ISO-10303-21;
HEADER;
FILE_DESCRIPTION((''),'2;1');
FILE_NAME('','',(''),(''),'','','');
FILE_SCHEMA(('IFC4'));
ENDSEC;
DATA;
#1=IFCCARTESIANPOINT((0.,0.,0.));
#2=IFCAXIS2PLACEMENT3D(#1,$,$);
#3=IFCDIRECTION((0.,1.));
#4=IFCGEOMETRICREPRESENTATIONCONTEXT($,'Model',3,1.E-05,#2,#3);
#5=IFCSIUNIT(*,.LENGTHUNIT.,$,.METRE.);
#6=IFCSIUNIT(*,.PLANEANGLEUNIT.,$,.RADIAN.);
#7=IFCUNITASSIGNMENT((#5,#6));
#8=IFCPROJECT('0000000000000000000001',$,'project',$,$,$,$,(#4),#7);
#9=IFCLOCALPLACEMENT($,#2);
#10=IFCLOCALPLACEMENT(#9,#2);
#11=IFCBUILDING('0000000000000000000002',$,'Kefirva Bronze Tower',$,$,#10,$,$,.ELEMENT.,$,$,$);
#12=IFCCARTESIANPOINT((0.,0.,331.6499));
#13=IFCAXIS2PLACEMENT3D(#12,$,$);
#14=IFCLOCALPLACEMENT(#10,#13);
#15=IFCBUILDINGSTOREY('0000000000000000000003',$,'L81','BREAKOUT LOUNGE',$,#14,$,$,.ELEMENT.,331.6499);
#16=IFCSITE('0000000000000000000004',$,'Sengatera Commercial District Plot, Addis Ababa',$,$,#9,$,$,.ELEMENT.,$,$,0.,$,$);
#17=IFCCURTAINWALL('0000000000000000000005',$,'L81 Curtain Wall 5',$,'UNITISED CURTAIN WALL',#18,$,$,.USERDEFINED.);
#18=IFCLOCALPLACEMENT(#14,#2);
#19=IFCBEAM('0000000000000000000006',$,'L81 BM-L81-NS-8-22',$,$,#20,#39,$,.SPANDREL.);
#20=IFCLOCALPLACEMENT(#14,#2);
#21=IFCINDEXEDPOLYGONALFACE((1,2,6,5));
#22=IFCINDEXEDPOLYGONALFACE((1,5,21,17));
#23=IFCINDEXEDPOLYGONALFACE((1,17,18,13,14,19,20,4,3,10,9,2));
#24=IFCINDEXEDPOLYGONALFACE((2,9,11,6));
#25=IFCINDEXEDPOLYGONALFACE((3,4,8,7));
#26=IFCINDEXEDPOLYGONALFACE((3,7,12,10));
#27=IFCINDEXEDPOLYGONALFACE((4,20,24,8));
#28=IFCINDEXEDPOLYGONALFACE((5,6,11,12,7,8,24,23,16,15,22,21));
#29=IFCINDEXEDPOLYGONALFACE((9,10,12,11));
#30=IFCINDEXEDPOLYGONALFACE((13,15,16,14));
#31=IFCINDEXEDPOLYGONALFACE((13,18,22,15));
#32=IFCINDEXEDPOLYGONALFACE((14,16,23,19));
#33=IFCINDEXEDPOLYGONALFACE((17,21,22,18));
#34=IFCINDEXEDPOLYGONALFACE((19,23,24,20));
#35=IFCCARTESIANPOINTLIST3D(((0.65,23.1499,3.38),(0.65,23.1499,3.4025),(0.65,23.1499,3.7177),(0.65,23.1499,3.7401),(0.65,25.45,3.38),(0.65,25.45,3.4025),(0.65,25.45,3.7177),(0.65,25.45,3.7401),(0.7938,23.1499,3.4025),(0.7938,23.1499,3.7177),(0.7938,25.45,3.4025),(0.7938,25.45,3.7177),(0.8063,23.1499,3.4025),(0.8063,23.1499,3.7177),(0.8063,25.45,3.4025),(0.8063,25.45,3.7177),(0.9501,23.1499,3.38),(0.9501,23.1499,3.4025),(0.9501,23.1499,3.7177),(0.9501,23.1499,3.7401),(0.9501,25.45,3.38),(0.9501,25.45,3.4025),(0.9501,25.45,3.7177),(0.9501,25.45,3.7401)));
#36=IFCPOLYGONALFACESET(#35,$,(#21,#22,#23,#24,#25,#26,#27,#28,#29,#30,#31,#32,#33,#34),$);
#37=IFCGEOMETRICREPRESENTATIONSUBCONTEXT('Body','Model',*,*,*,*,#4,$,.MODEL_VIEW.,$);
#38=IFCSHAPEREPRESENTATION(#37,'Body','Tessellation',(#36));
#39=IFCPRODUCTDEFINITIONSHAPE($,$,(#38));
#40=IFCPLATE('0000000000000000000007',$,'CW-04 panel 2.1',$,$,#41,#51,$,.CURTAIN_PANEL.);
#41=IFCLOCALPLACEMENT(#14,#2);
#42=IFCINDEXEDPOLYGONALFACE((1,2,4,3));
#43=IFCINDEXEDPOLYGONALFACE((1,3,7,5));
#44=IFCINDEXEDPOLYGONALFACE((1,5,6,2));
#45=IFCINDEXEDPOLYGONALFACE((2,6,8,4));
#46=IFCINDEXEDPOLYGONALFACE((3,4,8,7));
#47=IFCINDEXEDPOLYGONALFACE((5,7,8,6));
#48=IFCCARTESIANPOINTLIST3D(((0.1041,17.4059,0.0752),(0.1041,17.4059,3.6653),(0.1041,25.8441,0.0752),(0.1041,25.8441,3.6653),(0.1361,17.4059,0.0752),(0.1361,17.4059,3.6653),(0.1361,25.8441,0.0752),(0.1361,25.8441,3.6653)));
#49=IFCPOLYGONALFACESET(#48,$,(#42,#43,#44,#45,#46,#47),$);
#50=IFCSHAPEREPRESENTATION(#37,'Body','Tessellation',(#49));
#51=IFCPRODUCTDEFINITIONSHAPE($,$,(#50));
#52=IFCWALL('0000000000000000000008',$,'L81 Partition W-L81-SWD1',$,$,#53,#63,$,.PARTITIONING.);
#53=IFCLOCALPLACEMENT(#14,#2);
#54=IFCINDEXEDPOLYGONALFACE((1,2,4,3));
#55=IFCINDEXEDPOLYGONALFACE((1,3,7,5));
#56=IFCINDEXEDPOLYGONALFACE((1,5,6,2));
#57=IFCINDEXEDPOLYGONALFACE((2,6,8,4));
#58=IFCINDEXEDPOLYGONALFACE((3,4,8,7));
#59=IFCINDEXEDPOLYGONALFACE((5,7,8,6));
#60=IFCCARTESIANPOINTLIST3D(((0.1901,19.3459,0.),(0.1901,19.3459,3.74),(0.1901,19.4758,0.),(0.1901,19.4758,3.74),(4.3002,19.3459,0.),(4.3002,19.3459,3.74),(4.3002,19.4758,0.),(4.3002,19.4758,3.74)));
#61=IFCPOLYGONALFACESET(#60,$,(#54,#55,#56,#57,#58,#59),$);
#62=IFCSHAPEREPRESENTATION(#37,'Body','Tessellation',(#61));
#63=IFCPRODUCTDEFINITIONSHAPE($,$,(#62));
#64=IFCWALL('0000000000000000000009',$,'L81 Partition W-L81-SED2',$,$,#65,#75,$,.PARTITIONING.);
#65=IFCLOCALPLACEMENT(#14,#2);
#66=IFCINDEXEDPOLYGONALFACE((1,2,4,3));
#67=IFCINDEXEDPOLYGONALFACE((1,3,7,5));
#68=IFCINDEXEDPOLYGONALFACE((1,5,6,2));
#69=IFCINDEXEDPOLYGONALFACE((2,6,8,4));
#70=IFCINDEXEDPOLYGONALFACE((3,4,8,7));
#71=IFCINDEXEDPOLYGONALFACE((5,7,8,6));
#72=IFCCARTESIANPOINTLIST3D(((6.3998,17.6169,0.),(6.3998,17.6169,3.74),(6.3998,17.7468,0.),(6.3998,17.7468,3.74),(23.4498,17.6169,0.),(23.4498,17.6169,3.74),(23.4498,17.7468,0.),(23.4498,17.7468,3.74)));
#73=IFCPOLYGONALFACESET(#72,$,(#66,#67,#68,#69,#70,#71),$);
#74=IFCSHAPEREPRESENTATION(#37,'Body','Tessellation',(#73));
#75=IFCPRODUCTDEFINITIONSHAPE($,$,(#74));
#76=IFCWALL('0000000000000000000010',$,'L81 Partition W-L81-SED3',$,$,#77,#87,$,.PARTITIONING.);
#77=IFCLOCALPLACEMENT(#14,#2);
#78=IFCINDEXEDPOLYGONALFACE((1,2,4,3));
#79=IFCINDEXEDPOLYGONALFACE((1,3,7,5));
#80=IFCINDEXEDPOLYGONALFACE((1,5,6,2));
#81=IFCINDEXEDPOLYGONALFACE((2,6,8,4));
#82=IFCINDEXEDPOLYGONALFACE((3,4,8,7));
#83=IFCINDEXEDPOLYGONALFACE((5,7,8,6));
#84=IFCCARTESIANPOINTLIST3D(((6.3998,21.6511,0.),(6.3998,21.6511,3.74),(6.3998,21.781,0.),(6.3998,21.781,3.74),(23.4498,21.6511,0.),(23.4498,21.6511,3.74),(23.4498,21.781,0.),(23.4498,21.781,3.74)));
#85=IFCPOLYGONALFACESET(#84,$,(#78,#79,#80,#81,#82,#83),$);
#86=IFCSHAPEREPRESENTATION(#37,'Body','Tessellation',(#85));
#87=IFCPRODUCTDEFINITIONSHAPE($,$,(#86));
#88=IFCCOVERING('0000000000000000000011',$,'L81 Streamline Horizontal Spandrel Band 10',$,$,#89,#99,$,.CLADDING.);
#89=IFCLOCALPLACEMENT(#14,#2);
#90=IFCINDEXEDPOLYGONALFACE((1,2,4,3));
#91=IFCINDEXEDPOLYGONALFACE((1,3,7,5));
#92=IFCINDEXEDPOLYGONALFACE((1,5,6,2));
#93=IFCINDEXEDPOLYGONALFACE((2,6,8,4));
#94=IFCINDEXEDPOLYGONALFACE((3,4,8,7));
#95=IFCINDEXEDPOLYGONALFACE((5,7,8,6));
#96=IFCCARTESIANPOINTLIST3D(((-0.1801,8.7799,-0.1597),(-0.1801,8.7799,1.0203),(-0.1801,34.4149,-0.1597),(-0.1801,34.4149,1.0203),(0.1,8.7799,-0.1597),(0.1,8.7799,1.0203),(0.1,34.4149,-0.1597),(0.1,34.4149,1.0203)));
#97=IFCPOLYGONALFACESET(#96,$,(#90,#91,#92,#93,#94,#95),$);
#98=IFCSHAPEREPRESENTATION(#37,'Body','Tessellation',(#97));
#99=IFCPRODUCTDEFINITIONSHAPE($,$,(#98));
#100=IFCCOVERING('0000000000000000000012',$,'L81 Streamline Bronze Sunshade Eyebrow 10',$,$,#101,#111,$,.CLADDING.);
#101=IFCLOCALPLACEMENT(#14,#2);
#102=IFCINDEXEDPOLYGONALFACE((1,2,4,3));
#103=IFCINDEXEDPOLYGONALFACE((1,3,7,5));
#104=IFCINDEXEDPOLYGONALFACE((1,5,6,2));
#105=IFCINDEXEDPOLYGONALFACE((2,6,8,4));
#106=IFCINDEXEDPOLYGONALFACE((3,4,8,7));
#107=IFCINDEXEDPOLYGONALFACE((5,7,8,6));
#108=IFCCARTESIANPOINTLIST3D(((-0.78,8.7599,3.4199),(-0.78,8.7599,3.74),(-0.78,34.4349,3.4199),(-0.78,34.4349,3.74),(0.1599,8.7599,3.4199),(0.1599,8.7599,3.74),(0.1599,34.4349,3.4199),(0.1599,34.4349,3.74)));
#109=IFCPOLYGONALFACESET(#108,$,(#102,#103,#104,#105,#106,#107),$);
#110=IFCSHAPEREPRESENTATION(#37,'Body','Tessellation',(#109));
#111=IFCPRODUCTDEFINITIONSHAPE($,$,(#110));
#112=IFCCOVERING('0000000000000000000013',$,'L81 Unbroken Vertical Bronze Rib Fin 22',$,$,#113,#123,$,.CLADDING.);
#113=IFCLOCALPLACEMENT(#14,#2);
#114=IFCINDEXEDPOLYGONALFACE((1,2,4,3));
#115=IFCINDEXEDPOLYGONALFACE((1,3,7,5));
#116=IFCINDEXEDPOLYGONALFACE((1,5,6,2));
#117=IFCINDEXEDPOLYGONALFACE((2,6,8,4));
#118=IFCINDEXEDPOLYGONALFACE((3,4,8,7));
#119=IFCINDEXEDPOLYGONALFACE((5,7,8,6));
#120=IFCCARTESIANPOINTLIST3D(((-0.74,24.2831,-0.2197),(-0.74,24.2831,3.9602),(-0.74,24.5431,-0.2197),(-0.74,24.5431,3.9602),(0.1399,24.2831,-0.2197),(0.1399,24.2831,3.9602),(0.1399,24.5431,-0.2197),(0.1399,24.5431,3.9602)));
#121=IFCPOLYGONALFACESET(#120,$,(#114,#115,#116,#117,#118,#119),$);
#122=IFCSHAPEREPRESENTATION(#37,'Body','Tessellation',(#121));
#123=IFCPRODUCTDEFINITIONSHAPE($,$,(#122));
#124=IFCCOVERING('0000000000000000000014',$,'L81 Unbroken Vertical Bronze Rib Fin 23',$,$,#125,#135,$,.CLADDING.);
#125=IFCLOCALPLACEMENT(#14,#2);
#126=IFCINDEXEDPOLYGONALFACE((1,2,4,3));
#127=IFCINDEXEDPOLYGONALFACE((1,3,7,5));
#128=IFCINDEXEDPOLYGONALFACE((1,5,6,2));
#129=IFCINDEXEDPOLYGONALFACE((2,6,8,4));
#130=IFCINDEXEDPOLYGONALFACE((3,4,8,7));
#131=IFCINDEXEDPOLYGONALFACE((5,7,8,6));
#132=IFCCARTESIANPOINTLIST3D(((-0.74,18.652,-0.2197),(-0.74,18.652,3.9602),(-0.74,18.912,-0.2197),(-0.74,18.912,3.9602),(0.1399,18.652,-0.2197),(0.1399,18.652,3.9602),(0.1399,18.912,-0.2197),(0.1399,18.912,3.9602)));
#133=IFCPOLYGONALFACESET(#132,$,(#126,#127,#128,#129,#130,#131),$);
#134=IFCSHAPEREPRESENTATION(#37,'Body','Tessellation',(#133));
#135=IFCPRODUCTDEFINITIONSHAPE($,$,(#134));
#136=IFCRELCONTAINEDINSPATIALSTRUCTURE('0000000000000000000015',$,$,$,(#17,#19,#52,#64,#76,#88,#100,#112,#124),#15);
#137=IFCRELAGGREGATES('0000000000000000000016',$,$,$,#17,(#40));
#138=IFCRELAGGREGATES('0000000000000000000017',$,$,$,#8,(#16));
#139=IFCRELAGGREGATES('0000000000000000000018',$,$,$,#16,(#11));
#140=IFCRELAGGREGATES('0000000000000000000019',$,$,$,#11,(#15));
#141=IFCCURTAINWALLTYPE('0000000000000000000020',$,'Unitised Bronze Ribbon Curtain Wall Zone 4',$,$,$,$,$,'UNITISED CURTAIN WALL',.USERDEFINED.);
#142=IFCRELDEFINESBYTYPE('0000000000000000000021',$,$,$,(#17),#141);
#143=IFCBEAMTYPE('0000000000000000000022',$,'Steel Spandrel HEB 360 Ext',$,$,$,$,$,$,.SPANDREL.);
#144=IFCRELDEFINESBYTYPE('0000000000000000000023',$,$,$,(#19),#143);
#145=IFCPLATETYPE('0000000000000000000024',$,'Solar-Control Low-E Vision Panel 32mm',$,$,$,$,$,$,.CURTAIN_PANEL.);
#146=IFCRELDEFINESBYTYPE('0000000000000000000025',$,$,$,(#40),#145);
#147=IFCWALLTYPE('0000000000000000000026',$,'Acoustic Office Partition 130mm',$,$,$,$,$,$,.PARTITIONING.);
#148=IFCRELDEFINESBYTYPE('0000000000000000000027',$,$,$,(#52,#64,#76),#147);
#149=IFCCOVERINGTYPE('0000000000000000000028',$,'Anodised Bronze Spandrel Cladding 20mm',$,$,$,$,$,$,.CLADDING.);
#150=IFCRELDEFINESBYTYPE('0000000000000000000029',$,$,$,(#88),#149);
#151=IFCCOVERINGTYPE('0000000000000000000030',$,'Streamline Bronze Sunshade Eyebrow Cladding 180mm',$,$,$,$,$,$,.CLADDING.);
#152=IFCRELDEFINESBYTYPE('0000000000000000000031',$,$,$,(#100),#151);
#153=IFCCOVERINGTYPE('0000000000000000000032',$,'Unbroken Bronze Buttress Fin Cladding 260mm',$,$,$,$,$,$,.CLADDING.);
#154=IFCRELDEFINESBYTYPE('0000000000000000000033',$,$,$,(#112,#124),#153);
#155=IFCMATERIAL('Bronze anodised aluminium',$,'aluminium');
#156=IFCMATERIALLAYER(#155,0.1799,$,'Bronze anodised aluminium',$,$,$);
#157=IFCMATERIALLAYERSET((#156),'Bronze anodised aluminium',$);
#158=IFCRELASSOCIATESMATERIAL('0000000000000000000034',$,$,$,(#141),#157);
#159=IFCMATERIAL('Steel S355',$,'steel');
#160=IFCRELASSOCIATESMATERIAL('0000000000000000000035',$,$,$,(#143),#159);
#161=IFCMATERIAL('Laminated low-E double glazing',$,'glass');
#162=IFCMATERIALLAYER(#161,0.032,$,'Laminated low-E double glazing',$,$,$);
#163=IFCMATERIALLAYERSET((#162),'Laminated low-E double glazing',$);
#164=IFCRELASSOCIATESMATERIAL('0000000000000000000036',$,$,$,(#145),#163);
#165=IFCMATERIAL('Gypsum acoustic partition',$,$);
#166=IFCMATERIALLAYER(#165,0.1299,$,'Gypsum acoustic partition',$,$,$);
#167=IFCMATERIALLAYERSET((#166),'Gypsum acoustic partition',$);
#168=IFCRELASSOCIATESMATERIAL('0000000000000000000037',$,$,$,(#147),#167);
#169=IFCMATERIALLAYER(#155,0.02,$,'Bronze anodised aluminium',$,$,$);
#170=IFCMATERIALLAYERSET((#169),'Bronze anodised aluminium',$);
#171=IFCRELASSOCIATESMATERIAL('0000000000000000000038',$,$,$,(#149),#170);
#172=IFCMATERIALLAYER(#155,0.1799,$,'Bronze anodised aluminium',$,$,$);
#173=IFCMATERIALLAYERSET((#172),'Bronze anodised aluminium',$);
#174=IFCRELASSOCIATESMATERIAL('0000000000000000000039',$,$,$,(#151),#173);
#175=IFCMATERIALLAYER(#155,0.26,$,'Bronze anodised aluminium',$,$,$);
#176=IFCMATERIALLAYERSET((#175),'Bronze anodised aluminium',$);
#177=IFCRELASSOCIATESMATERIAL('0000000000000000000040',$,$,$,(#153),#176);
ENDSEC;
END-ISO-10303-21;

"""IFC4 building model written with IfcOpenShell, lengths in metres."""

from ifc_helpers import new_model, si_unit, direction, frame, frame_2d, origin, origin_2d, place, context, subcontext, project, spatial, rectangle, i_section, extrude, material, layer, layer_set, material_profile, profile_set, type_object, element, aggregate, save


model = new_model("IFC4")

# Units and contexts
model_context = context("Model", 3, precision=1e-05, world=origin(), true_north=direction((0.0, 1.0)))
body_context = subcontext(model_context, "Body", "Model", "MODEL_VIEW")
ifc_project = project(units=[si_unit("LENGTHUNIT", "METRE"), si_unit("PLANEANGLEUNIT", "RADIAN")], contexts=[model_context])

# Site, building, storey
site_placement = place(None, origin())
site = spatial("IfcSite", under=ifc_project, at=site_placement, Name="Sengatera Commercial District Plot, Addis Ababa", CompositionType="ELEMENT", RefElevation=0.0)
building_placement = place(site_placement, origin())
building = spatial("IfcBuilding", under=site, at=building_placement, Name="Kefirva Bronze Tower", CompositionType="ELEMENT")
storey_placement = place(building_placement, frame((0.0, 0.0, 331.6499)))
storey = spatial("IfcBuildingStorey", under=building, at=storey_placement, Name="L81", Description="BREAKOUT LOUNGE", CompositionType="ELEMENT", Elevation=331.6499)

# Curtain wall
ifc_material_1 = material(Name="Bronze anodised aluminium", Category="aluminium")
ifc_layer_1 = layer(ifc_material_1, 0.1799, Name="Bronze anodised aluminium")
ifc_layer_set_1 = layer_set([ifc_layer_1], Name="Bronze anodised aluminium")
curtain_wall_type = type_object("IfcCurtainWallType", Name="Unitised Bronze Ribbon Curtain Wall Zone 4", ElementType="UNITISED CURTAIN WALL", PredefinedType="USERDEFINED", material=ifc_layer_set_1)
curtain_wall_placement = place(storey_placement, origin())
curtain_wall = element("IfcCurtainWall", 1, at=curtain_wall_placement, inside=storey, type_object=curtain_wall_type, Name="L81 Curtain Wall 5", ObjectType="UNITISED CURTAIN WALL", PredefinedType="USERDEFINED")

# Beam
ifc_material_2 = material(Name="Steel S355", Category="steel")
ifc_material_profile_1 = material_profile(ifc_material_2, i_section(OverallWidth=0.3, OverallDepth=0.3601, WebThickness=0.0125, FlangeThickness=0.0225, at=origin_2d()), Name="HEB 360")
ifc_profile_set_1 = profile_set([ifc_material_profile_1], Name="Steel S355")
beam_type_1 = type_object("IfcBeamType", Name="Steel Spandrel HEB 360 Ext", PredefinedType="SPANDREL", material=ifc_profile_set_1)
beam_1_placement = place(storey_placement, frame((0.8, 23.1499, 3.5601), z_axis=(0.0, 1.0, 0.0), x_axis=(-1.0, 0.0, 0.0)))
element("IfcBeam", 2, at=beam_1_placement, inside=storey, type_object=beam_type_1, Name="L81 BM-L81-NS-8-22", PredefinedType="SPANDREL", context=body_context, shape_type="SweptSolid", body=[
    extrude(i_section(OverallWidth=0.3, OverallDepth=0.3601, WebThickness=0.0125, FlangeThickness=0.0225, at=origin_2d()), origin(), (0.0, 0.0, 1.0), 2.3),
])

# Plate
ifc_material_3 = material(Name="Laminated low-E double glazing", Category="glass")
ifc_layer_2 = layer(ifc_material_3, 0.032, Name="Laminated low-E double glazing")
ifc_layer_set_2 = layer_set([ifc_layer_2], Name="Laminated low-E double glazing")
plate_type = type_object("IfcPlateType", Name="Solar-Control Low-E Vision Panel 32mm", PredefinedType="CURTAIN_PANEL", material=ifc_layer_set_2)
plate_placement = place(storey_placement, frame((0.1201, 21.625, 0.0752), z_axis=(0.0, 0.0, 1.0), x_axis=(0.0, -1.0, 0.0)))
plate = element("IfcPlate", 3, at=plate_placement, type_object=plate_type, Name="CW-04 panel 2.1", PredefinedType="CURTAIN_PANEL", context=body_context, shape_type="SweptSolid", body=[
    extrude(rectangle(XDim=8.4382, YDim=0.032, at=origin_2d()), origin(), (0.0, 0.0, 1.0), 3.5901),
])
aggregate(curtain_wall, [plate])

# Walls
ifc_material_4 = material(Name="Gypsum acoustic partition")
ifc_layer_3 = layer(ifc_material_4, 0.1299, Name="Gypsum acoustic partition")
ifc_layer_set_3 = layer_set([ifc_layer_3], Name="Gypsum acoustic partition")
wall_type = type_object("IfcWallType", Name="Acoustic Office Partition 130mm", PredefinedType="PARTITIONING", material=ifc_layer_set_3)
wall_placement = place(storey_placement, frame((0.1899, 19.4109, 0.0), z_axis=(0.0, 0.0, 1.0), x_axis=(1.0, 0.0, 0.0)))
element("IfcWall", 4, at=wall_placement, inside=storey, type_object=wall_type, Name="L81 Partition W-L81-SWD1", PredefinedType="PARTITIONING", context=body_context, shape_type="SweptSolid", body=[
    extrude(rectangle(XDim=4.1101, YDim=0.1299, at=frame_2d((2.0552, 0.0))), origin(), (0.0, 0.0, 1.0), 3.74),
])
for number, where, z_axis, x_axis, name in (
    (5, (6.3999, 17.6819, 0.0), (0.0, 0.0, 1.0), (1.0, 0.0, 0.0), "L81 Partition W-L81-SED2"),
    (6, (6.3999, 21.7161, 0.0), (0.0, 0.0, 1.0), (1.0, 0.0, 0.0), "L81 Partition W-L81-SED3"),
):
    element("IfcWall", number, at=place(storey_placement, frame(where, z_axis=z_axis, x_axis=x_axis)), inside=storey, type_object=wall_type, Name=name, PredefinedType="PARTITIONING", context=body_context, shape_type="SweptSolid", body=[
        extrude(rectangle(XDim=17.05, YDim=0.1299, at=frame_2d((8.5249, 0.0))), origin(), (0.0, 0.0, 1.0), 3.74),
    ])

# Coverings
ifc_layer_4 = layer(ifc_material_1, 0.02, Name="Bronze anodised aluminium")
ifc_layer_set_4 = layer_set([ifc_layer_4], Name="Bronze anodised aluminium")
covering_type_1 = type_object("IfcCoveringType", Name="Anodised Bronze Spandrel Cladding 20mm", PredefinedType="CLADDING", material=ifc_layer_set_4)
covering_1_placement = place(storey_placement, frame((-0.04, 21.5974, -0.1597), z_axis=(0.0, 0.0, 1.0), x_axis=(0.0, -1.0, 0.0)))
element("IfcCovering", 7, at=covering_1_placement, inside=storey, type_object=covering_type_1, Name="L81 Streamline Horizontal Spandrel Band 10", PredefinedType="CLADDING", context=body_context, shape_type="SweptSolid", body=[
    extrude(rectangle(XDim=25.635, YDim=0.28, at=origin_2d()), origin(), (0.0, 0.0, 1.0), 1.1799),
])
ifc_layer_5 = layer(ifc_material_1, 0.1799, Name="Bronze anodised aluminium")
ifc_layer_set_5 = layer_set([ifc_layer_5], Name="Bronze anodised aluminium")
covering_type_2 = type_object("IfcCoveringType", Name="Streamline Bronze Sunshade Eyebrow Cladding 180mm", PredefinedType="CLADDING", material=ifc_layer_set_5)
covering_2_placement = place(storey_placement, frame((-0.3101, 21.5974, 3.4199), z_axis=(0.0, 0.0, 1.0), x_axis=(0.0, -1.0, 0.0)))
element("IfcCovering", 8, at=covering_2_placement, inside=storey, type_object=covering_type_2, Name="L81 Streamline Bronze Sunshade Eyebrow 10", PredefinedType="CLADDING", context=body_context, shape_type="SweptSolid", body=[
    extrude(rectangle(XDim=25.675, YDim=0.9399, at=origin_2d()), origin(), (0.0, 0.0, 1.0), 0.3201),
])
ifc_layer_6 = layer(ifc_material_1, 0.26, Name="Bronze anodised aluminium")
ifc_layer_set_6 = layer_set([ifc_layer_6], Name="Bronze anodised aluminium")
covering_type_3 = type_object("IfcCoveringType", Name="Unbroken Bronze Buttress Fin Cladding 260mm", PredefinedType="CLADDING", material=ifc_layer_set_6)
for number, where, z_axis, x_axis, name in (
    (9, (-0.3, 24.4131, -0.2197), (0.0, 0.0, 1.0), (0.0, -1.0, 0.0), "L81 Unbroken Vertical Bronze Rib Fin 22"),
    (10, (-0.3, 18.782, -0.2197), (0.0, 0.0, 1.0), (0.0, -1.0, 0.0), "L81 Unbroken Vertical Bronze Rib Fin 23"),
):
    element("IfcCovering", number, at=place(storey_placement, frame(where, z_axis=z_axis, x_axis=x_axis)), inside=storey, type_object=covering_type_3, Name=name, PredefinedType="CLADDING", context=body_context, shape_type="SweptSolid", body=[
        extrude(rectangle(XDim=0.26, YDim=0.8799, at=origin_2d()), origin(), (0.0, 0.0, 1.0), 4.1799),
    ])

save(model, "model.ifc")
